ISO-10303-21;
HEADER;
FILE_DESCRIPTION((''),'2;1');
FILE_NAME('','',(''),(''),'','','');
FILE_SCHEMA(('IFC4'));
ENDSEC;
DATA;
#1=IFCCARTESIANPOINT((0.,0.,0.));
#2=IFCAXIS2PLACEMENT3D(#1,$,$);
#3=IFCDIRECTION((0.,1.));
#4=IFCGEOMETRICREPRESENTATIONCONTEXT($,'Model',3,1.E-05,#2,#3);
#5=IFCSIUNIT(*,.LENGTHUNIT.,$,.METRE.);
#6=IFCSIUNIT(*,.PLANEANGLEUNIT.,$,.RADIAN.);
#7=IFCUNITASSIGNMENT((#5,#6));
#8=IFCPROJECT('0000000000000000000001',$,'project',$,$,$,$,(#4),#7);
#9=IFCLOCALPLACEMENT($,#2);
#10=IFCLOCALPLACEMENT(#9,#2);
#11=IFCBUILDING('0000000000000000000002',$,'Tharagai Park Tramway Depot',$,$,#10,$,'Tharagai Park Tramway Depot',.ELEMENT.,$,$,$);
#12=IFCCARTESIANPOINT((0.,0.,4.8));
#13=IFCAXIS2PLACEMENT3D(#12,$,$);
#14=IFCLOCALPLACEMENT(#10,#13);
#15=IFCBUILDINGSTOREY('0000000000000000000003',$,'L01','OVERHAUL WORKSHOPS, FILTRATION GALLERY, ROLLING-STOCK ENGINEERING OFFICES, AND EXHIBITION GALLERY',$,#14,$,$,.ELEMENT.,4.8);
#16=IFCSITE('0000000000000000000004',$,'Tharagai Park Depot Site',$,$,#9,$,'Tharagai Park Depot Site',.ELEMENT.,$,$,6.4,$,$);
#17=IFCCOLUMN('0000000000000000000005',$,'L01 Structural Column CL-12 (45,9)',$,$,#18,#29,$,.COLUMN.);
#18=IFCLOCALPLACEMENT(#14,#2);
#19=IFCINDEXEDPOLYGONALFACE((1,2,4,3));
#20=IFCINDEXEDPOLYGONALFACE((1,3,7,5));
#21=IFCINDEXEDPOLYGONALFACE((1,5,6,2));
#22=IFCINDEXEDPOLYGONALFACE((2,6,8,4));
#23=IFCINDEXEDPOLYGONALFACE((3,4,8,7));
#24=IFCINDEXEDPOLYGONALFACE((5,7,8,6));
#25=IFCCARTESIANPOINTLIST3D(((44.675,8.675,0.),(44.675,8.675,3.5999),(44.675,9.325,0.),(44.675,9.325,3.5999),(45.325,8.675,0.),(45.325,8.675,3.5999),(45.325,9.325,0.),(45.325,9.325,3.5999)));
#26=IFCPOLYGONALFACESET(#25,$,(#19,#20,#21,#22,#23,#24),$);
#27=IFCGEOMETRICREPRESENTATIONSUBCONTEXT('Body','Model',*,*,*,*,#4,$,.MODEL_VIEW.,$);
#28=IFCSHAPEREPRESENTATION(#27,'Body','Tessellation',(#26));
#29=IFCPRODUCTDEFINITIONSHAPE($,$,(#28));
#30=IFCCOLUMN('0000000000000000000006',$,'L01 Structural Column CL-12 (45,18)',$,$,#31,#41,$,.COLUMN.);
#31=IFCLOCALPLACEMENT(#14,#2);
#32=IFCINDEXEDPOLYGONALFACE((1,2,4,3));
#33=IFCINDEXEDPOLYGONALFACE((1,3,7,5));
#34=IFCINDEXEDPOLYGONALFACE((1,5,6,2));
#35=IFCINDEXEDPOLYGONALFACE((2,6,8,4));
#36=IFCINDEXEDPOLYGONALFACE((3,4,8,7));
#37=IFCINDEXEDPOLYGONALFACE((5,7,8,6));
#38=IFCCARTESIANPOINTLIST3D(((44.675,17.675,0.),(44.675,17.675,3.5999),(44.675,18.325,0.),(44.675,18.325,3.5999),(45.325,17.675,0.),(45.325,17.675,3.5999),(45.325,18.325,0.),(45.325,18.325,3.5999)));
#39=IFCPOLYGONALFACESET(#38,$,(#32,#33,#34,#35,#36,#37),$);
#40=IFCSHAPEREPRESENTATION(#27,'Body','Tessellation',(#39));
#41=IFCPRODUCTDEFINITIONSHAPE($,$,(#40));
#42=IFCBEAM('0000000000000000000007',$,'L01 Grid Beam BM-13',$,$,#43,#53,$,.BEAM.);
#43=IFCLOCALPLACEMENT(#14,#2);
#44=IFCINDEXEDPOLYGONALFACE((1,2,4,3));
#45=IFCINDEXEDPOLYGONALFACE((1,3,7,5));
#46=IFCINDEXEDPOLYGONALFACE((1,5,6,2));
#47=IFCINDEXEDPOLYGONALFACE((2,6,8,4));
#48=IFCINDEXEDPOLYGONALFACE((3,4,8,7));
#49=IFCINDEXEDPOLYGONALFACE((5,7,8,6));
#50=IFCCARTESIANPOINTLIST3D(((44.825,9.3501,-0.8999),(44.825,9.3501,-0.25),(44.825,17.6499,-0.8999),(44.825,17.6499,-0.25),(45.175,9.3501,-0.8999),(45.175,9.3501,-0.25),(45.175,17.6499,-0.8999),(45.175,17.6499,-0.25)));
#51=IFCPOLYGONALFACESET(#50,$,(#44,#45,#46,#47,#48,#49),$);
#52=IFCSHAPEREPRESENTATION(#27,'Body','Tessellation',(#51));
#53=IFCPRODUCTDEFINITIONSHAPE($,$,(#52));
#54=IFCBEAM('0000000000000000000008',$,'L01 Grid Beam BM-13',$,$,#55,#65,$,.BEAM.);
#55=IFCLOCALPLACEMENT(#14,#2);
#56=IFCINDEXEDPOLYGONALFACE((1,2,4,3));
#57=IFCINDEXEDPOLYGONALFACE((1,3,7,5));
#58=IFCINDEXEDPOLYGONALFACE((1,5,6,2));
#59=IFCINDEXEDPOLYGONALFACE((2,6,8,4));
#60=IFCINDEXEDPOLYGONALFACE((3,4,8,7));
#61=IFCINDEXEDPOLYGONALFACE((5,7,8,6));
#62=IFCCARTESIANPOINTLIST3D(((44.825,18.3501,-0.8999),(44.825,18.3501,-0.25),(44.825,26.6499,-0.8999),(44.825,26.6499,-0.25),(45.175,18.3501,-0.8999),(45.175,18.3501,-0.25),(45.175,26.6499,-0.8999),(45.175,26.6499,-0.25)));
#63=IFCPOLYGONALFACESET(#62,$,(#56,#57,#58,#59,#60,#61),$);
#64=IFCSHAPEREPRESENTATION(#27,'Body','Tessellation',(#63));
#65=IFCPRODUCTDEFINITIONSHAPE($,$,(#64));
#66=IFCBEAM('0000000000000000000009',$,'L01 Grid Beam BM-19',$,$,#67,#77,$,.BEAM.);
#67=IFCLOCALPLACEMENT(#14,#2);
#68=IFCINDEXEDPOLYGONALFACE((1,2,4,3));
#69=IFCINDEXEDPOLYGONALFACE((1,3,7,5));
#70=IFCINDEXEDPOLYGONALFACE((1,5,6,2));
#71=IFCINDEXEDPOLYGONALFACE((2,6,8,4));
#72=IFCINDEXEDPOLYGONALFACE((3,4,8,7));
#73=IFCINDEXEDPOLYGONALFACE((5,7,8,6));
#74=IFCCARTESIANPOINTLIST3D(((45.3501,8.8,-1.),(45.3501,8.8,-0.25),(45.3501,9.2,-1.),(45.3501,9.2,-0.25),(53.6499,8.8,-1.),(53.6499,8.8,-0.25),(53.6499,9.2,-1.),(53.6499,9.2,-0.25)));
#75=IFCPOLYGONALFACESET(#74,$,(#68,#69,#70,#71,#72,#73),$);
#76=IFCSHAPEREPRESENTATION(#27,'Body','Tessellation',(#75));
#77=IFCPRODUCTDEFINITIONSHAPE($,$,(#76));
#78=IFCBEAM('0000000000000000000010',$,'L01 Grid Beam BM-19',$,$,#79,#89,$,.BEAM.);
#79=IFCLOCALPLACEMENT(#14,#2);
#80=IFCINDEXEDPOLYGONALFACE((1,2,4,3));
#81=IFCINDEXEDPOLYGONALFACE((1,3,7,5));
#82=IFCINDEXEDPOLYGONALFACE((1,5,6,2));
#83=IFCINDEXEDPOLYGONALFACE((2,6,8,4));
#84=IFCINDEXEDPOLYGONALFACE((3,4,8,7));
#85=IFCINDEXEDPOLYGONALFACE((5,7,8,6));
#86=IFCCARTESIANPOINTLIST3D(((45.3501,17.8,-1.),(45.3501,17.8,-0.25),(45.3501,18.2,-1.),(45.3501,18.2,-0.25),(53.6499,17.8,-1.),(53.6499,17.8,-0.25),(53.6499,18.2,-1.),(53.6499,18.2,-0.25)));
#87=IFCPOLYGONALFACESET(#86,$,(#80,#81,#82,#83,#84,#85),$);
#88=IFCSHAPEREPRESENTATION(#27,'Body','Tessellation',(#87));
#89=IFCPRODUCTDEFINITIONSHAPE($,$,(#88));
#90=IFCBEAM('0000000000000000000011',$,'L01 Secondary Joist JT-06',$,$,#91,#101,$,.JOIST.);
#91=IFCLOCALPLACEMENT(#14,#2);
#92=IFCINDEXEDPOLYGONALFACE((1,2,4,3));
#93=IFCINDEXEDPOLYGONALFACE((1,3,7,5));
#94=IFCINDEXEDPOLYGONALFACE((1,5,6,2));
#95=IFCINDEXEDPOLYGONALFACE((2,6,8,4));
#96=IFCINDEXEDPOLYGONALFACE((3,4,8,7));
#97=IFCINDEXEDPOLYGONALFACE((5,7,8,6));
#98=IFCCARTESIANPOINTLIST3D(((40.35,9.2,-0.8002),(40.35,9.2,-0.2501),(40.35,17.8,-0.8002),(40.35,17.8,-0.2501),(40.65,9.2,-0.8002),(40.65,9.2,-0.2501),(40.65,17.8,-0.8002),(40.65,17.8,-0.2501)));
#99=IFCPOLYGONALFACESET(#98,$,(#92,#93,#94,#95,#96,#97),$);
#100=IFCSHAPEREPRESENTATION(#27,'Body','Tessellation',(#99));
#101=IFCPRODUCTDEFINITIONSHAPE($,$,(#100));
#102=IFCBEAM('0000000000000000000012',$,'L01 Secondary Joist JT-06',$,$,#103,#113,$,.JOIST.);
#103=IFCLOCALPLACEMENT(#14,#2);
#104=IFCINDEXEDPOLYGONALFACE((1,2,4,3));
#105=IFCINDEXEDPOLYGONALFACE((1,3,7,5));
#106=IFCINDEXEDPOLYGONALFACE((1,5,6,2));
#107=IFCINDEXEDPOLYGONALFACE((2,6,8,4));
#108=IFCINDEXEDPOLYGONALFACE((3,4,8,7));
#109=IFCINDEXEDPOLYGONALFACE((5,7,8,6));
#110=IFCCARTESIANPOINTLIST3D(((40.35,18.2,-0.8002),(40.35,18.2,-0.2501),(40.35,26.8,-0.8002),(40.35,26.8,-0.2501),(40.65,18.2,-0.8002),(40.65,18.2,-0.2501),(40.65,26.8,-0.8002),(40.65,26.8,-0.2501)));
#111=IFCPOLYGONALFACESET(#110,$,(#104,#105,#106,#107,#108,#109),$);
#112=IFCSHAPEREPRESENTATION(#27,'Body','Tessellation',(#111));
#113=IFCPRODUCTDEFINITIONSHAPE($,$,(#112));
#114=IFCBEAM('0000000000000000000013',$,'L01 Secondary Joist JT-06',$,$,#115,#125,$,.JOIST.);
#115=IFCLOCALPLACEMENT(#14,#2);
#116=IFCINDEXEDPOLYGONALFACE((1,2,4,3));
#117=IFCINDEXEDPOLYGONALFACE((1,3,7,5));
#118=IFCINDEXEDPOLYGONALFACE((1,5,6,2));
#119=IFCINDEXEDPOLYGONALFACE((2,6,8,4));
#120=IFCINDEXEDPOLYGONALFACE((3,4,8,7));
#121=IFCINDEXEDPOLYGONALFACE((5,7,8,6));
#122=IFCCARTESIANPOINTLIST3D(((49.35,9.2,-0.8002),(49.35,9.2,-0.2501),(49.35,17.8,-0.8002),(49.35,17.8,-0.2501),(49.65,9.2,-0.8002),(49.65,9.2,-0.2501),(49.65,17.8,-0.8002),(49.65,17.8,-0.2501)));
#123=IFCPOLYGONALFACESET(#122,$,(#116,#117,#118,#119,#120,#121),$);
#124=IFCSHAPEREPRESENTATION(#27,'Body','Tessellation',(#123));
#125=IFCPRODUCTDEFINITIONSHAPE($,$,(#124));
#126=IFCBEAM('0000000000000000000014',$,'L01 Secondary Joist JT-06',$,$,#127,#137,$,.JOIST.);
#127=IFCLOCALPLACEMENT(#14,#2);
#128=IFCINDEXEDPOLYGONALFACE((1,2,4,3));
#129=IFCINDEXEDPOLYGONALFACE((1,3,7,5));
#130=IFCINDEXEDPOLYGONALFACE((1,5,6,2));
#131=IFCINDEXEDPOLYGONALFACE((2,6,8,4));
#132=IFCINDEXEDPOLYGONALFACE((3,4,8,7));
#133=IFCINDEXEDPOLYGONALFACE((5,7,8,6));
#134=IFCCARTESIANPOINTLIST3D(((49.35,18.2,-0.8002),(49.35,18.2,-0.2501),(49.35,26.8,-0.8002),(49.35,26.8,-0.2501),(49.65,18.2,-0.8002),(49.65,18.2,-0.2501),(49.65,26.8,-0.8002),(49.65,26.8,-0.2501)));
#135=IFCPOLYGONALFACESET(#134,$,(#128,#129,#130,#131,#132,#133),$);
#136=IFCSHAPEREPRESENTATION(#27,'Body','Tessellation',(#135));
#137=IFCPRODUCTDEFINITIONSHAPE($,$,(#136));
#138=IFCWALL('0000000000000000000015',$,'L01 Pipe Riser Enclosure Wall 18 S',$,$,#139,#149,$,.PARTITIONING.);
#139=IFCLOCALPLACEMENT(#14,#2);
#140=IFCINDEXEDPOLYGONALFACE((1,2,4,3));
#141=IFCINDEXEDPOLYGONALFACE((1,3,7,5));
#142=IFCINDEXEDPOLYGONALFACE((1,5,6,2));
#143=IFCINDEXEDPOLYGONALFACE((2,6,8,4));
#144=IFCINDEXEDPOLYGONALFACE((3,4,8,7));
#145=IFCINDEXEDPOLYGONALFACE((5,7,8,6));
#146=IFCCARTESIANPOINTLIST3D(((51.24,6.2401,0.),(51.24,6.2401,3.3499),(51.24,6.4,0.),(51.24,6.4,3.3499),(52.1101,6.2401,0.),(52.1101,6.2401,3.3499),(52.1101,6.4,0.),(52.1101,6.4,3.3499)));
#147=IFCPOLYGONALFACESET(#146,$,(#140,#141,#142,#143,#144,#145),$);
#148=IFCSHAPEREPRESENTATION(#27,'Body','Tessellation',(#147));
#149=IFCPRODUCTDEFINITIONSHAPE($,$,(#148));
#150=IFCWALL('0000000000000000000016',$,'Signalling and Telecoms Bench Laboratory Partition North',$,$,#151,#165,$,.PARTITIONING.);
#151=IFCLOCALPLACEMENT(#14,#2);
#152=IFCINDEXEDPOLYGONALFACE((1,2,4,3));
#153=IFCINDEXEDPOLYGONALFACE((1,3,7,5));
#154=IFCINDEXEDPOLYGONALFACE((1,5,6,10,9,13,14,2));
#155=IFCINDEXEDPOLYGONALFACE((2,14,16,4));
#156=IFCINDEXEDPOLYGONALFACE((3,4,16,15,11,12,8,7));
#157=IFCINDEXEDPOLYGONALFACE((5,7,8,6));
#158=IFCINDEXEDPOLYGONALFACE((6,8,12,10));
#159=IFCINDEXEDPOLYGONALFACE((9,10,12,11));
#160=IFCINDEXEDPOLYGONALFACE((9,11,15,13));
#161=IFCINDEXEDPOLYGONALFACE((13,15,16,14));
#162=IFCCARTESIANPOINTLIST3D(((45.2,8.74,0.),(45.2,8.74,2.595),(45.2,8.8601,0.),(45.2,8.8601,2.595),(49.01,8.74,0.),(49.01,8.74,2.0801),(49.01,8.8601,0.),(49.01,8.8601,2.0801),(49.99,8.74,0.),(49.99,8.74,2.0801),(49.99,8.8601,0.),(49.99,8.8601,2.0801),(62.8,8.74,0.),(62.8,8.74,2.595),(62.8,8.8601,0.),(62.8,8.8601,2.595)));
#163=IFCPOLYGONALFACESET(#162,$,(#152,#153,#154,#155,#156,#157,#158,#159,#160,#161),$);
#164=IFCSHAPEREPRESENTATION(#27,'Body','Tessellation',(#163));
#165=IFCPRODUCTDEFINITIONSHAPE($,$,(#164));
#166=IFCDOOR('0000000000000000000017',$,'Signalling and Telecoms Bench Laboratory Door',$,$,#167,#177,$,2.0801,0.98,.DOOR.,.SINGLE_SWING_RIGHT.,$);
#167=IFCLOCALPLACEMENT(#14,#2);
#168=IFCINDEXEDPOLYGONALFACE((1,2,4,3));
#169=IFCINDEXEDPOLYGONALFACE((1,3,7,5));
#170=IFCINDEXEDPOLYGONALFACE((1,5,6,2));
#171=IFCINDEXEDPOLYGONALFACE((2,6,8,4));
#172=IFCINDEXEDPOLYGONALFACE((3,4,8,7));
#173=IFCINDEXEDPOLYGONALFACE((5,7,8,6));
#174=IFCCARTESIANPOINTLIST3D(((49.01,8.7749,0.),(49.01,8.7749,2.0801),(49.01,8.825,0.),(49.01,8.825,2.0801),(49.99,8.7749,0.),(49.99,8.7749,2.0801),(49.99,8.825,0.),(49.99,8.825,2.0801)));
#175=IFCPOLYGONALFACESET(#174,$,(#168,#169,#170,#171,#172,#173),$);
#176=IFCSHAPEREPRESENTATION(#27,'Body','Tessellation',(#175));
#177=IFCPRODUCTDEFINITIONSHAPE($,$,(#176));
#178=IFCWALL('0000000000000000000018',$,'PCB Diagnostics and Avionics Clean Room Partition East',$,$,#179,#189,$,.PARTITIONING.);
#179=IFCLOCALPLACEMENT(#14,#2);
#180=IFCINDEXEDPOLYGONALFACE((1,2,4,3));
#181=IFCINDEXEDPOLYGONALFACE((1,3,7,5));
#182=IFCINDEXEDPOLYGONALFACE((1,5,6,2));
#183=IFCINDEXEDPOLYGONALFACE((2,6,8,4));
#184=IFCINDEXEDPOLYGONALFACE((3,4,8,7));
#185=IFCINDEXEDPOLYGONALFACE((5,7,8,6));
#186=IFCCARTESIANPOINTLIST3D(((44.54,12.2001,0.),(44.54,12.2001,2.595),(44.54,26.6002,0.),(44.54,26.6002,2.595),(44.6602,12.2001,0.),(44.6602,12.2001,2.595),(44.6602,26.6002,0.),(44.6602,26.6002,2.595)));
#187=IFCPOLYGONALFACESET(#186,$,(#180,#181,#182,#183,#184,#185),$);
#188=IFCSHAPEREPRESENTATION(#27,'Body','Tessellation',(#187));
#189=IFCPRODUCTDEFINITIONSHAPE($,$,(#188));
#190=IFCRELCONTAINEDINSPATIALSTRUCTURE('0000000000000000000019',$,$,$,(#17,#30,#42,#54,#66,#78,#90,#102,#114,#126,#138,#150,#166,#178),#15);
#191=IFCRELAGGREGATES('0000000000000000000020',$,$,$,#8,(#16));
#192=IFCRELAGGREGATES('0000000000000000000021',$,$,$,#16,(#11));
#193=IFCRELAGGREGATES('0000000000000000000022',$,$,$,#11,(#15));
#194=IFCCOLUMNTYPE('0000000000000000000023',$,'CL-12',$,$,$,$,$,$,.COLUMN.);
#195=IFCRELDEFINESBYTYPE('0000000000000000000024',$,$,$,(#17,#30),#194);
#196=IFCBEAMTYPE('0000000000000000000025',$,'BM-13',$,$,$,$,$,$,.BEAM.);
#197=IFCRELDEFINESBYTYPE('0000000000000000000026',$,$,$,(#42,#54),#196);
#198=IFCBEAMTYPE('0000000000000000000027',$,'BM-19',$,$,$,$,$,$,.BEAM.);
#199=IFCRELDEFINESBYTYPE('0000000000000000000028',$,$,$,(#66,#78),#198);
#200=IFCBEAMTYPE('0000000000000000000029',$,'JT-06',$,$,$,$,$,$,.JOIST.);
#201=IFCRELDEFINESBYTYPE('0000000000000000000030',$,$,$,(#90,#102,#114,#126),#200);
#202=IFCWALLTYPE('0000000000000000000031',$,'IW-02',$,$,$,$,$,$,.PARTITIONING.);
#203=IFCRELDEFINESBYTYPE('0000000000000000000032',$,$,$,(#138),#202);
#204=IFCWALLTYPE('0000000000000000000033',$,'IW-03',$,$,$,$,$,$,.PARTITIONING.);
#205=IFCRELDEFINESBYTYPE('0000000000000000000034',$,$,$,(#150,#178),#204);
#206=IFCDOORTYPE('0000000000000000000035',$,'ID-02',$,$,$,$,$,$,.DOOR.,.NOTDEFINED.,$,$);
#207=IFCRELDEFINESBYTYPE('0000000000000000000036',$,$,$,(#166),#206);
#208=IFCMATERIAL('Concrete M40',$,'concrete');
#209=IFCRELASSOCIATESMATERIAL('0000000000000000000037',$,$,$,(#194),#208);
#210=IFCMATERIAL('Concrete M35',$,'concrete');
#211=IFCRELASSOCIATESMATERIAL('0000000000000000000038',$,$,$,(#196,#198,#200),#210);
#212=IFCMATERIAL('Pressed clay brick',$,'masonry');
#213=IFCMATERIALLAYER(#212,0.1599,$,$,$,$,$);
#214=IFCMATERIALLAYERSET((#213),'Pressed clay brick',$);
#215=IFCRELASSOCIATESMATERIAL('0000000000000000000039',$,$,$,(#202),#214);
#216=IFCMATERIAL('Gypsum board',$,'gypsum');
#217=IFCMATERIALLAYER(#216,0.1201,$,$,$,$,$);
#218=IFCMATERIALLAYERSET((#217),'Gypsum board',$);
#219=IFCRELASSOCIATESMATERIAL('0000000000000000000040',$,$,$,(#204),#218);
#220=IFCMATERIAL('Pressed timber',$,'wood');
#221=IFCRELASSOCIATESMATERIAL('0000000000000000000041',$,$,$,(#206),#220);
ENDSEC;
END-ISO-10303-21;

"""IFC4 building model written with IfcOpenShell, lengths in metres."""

from ifc_helpers import new_model, si_unit, direction, frame, frame_2d, origin, origin_2d, place, context, subcontext, project, spatial, rectangle, extrude, material, layer, layer_set, material_profile, profile_set, type_object, element, fill, save


model = new_model("IFC4")

# Units and contexts
model_context = context("Model", 3, precision=1e-05, world=origin(), true_north=direction((0.0, 1.0)))
body_context = subcontext(model_context, "Body", "Model", "MODEL_VIEW")
ifc_project = project(units=[si_unit("LENGTHUNIT", "METRE"), si_unit("PLANEANGLEUNIT", "RADIAN")], contexts=[model_context])

# Site, building, storey
site_placement = place(None, origin())
site = spatial("IfcSite", under=ifc_project, at=site_placement, Name="Tharagai Park Depot Site", LongName="Tharagai Park Depot Site", CompositionType="ELEMENT", RefElevation=6.4)
building_placement = place(site_placement, origin())
building = spatial("IfcBuilding", under=site, at=building_placement, Name="Tharagai Park Tramway Depot", LongName="Tharagai Park Tramway Depot", CompositionType="ELEMENT")
storey_placement = place(building_placement, frame((0.0, 0.0, 4.8)))
storey = spatial("IfcBuildingStorey", under=building, at=storey_placement, Name="L01", Description="OVERHAUL WORKSHOPS, FILTRATION GALLERY, ROLLING-STOCK ENGINEERING OFFICES, AND EXHIBITION GALLERY", CompositionType="ELEMENT", Elevation=4.8)

# Columns
ifc_material_1 = material(Name="Concrete M40", Category="concrete")
ifc_material_profile_1 = material_profile(ifc_material_1, rectangle(XDim=0.6499, YDim=0.6499, at=origin_2d()), Name="RC 650x650")
ifc_profile_set_1 = profile_set([ifc_material_profile_1], Name="Concrete M40")
column_type = type_object("IfcColumnType", Name="CL-12", PredefinedType="COLUMN", material=ifc_profile_set_1)
for number, where, z_axis, x_axis, name in (
    (1, (45.0, 9.0, 0.0), (0.0, 0.0, 1.0), (1.0, 0.0, 0.0), "L01 Structural Column CL-12 (45,9)"),
    (2, (45.0, 18.0, 0.0), (0.0, 0.0, 1.0), (1.0, 0.0, 0.0), "L01 Structural Column CL-12 (45,18)"),
):
    element("IfcColumn", number, at=place(storey_placement, frame(where, z_axis=z_axis, x_axis=x_axis)), inside=storey, type_object=column_type, Name=name, PredefinedType="COLUMN", context=body_context, shape_type="SweptSolid", body=[
        extrude(rectangle(XDim=0.6499, YDim=0.6499, at=origin_2d()), origin(), (0.0, 0.0, 1.0), 3.5999),
    ])

# Beams
ifc_material_2 = material(Name="Concrete M35", Category="concrete")
ifc_material_profile_2 = material_profile(ifc_material_2, rectangle(XDim=0.3501, YDim=0.6499, at=origin_2d()), Name="RC 350x650")
ifc_profile_set_2 = profile_set([ifc_material_profile_2], Name="Concrete M35")
beam_type_1 = type_object("IfcBeamType", Name="BM-13", PredefinedType="BEAM", material=ifc_profile_set_2)
for number, where, z_axis, x_axis, name in (
    (3, (45.0, 9.3501, -0.575), (0.0, 1.0, 0.0), (-1.0, 0.0, 0.0), "L01 Grid Beam BM-13"),
    (4, (45.0, 18.3501, -0.575), (0.0, 1.0, 0.0), (-1.0, 0.0, 0.0), "L01 Grid Beam BM-13"),
):
    element("IfcBeam", number, at=place(storey_placement, frame(where, z_axis=z_axis, x_axis=x_axis)), inside=storey, type_object=beam_type_1, Name=name, PredefinedType="BEAM", context=body_context, shape_type="SweptSolid", body=[
        extrude(rectangle(XDim=0.3501, YDim=0.6499, at=origin_2d()), origin(), (0.0, 0.0, 1.0), 8.2998),
    ])
ifc_material_profile_3 = material_profile(ifc_material_2, rectangle(XDim=0.3999, YDim=0.75, at=origin_2d()), Name="RC 400x750")
ifc_profile_set_3 = profile_set([ifc_material_profile_3], Name="Concrete M35")
beam_type_2 = type_object("IfcBeamType", Name="BM-19", PredefinedType="BEAM", material=ifc_profile_set_3)
for number, where, z_axis, x_axis, name in (
    (5, (45.3501, 9.0, -0.625), (1.0, 0.0, 0.0), (0.0, 1.0, 0.0), "L01 Grid Beam BM-19"),
    (6, (45.3501, 18.0, -0.625), (1.0, 0.0, 0.0), (0.0, 1.0, 0.0), "L01 Grid Beam BM-19"),
):
    element("IfcBeam", number, at=place(storey_placement, frame(where, z_axis=z_axis, x_axis=x_axis)), inside=storey, type_object=beam_type_2, Name=name, PredefinedType="BEAM", context=body_context, shape_type="SweptSolid", body=[
        extrude(rectangle(XDim=0.3999, YDim=0.75, at=origin_2d()), origin(), (0.0, 0.0, 1.0), 8.2998),
    ])
ifc_material_profile_4 = material_profile(ifc_material_2, rectangle(XDim=0.3, YDim=0.55, at=origin_2d()), Name="RC 300x550")
ifc_profile_set_4 = profile_set([ifc_material_profile_4], Name="Concrete M35")
beam_type_3 = type_object("IfcBeamType", Name="JT-06", PredefinedType="JOIST", material=ifc_profile_set_4)
for number, where, z_axis, x_axis, name in (
    (7, (40.5, 9.2, -0.5251), (0.0, 1.0, 0.0), (-1.0, 0.0, 0.0), "L01 Secondary Joist JT-06"),
    (8, (40.5, 18.2, -0.5251), (0.0, 1.0, 0.0), (-1.0, 0.0, 0.0), "L01 Secondary Joist JT-06"),
    (9, (49.5, 9.2, -0.5251), (0.0, 1.0, 0.0), (-1.0, 0.0, 0.0), "L01 Secondary Joist JT-06"),
    (10, (49.5, 18.2, -0.5251), (0.0, 1.0, 0.0), (-1.0, 0.0, 0.0), "L01 Secondary Joist JT-06"),
):
    element("IfcBeam", number, at=place(storey_placement, frame(where, z_axis=z_axis, x_axis=x_axis)), inside=storey, type_object=beam_type_3, Name=name, PredefinedType="JOIST", context=body_context, shape_type="SweptSolid", body=[
        extrude(rectangle(XDim=0.3, YDim=0.55, at=origin_2d()), origin(), (0.0, 0.0, 1.0), 8.6001),
    ])

# Wall
ifc_material_3 = material(Name="Pressed clay brick", Category="masonry")
ifc_layer_1 = layer(ifc_material_3, 0.1599)
ifc_layer_set_1 = layer_set([ifc_layer_1], Name="Pressed clay brick")
wall_type_1 = type_object("IfcWallType", Name="IW-02", PredefinedType="PARTITIONING", material=ifc_layer_set_1)
wall_1_placement = place(storey_placement, frame((51.24, 6.3201, 0.0), z_axis=(0.0, 0.0, 1.0), x_axis=(1.0, 0.0, 0.0)))
element("IfcWall", 11, at=wall_1_placement, inside=storey, type_object=wall_type_1, Name="L01 Pipe Riser Enclosure Wall 18 S", PredefinedType="PARTITIONING", context=body_context, shape_type="SweptSolid", body=[
    extrude(rectangle(XDim=0.8701, YDim=0.1599, at=frame_2d((0.4351, 0.0))), origin(), (0.0, 0.0, 1.0), 3.3499),
])

# Wall, opening, door
ifc_material_4 = material(Name="Gypsum board", Category="gypsum")
ifc_layer_2 = layer(ifc_material_4, 0.1201)
ifc_layer_set_2 = layer_set([ifc_layer_2], Name="Gypsum board")
wall_type_2 = type_object("IfcWallType", Name="IW-03", PredefinedType="PARTITIONING", material=ifc_layer_set_2)
wall_2_placement = place(storey_placement, frame((45.2, 8.8, 0.0), z_axis=(0.0, 0.0, 1.0), x_axis=(1.0, 0.0, 0.0)))
wall_2 = element("IfcWall", 12, at=wall_2_placement, inside=storey, type_object=wall_type_2, Name="Signalling and Telecoms Bench Laboratory Partition North", PredefinedType="PARTITIONING", context=body_context, shape_type="SweptSolid", body=[
    extrude(rectangle(XDim=17.6001, YDim=0.1201, at=frame_2d((8.8, 0.0))), origin(), (0.0, 0.0, 1.0), 2.595),
])
opening_1_placement = place(wall_2_placement, frame((3.8101, 0.0, 0.0)))
opening_1 = element("IfcOpeningElement", 13, at=opening_1_placement, cuts=wall_2, PredefinedType="OPENING", context=body_context, shape_type="SweptSolid", body=[
    extrude(rectangle(XDim=0.98, YDim=2.0801, at=frame_2d((0.49, 1.04))), frame((0.0, 0.0701, 0.0), z_axis=(0.0, -1.0, 0.0), x_axis=(1.0, 0.0, 0.0)), (0.0, 0.0, 1.0), 0.1401),
])
ifc_material_5 = material(Name="Pressed timber", Category="wood")
door_type_1 = type_object("IfcDoorType", Name="ID-02", OperationType="NOTDEFINED", PredefinedType="DOOR", material=ifc_material_5)
door_1_placement = place(opening_1_placement, origin())
door_1 = element("IfcDoor", 14, at=door_1_placement, inside=storey, type_object=door_type_1, Name="Signalling and Telecoms Bench Laboratory Door", OperationType="SINGLE_SWING_RIGHT", OverallHeight=2.0801, OverallWidth=0.98, PredefinedType="DOOR", context=body_context, shape_type="SweptSolid", body=[
    extrude(rectangle(XDim=0.98, YDim=2.0801, at=frame_2d((0.49, 1.04))), frame((0.0, 0.0249, 0.0), z_axis=(0.0, -1.0, 0.0), x_axis=(1.0, 0.0, 0.0)), (0.0, 0.0, 1.0), 0.05),
])
fill(opening_1, door_1)

# Wall
wall_3_placement = place(storey_placement, frame((44.6001, 12.2, 0.0), z_axis=(0.0, 0.0, 1.0), x_axis=(0.0, 1.0, 0.0)))
element("IfcWall", 15, at=wall_3_placement, inside=storey, type_object=wall_type_2, Name="PCB Diagnostics and Avionics Clean Room Partition East", PredefinedType="PARTITIONING", context=body_context, shape_type="SweptSolid", body=[
    extrude(rectangle(XDim=14.4001, YDim=0.1201, at=frame_2d((7.2002, 0.0))), origin(), (0.0, 0.0, 1.0), 2.595),
])

save(model, "model.ifc")
